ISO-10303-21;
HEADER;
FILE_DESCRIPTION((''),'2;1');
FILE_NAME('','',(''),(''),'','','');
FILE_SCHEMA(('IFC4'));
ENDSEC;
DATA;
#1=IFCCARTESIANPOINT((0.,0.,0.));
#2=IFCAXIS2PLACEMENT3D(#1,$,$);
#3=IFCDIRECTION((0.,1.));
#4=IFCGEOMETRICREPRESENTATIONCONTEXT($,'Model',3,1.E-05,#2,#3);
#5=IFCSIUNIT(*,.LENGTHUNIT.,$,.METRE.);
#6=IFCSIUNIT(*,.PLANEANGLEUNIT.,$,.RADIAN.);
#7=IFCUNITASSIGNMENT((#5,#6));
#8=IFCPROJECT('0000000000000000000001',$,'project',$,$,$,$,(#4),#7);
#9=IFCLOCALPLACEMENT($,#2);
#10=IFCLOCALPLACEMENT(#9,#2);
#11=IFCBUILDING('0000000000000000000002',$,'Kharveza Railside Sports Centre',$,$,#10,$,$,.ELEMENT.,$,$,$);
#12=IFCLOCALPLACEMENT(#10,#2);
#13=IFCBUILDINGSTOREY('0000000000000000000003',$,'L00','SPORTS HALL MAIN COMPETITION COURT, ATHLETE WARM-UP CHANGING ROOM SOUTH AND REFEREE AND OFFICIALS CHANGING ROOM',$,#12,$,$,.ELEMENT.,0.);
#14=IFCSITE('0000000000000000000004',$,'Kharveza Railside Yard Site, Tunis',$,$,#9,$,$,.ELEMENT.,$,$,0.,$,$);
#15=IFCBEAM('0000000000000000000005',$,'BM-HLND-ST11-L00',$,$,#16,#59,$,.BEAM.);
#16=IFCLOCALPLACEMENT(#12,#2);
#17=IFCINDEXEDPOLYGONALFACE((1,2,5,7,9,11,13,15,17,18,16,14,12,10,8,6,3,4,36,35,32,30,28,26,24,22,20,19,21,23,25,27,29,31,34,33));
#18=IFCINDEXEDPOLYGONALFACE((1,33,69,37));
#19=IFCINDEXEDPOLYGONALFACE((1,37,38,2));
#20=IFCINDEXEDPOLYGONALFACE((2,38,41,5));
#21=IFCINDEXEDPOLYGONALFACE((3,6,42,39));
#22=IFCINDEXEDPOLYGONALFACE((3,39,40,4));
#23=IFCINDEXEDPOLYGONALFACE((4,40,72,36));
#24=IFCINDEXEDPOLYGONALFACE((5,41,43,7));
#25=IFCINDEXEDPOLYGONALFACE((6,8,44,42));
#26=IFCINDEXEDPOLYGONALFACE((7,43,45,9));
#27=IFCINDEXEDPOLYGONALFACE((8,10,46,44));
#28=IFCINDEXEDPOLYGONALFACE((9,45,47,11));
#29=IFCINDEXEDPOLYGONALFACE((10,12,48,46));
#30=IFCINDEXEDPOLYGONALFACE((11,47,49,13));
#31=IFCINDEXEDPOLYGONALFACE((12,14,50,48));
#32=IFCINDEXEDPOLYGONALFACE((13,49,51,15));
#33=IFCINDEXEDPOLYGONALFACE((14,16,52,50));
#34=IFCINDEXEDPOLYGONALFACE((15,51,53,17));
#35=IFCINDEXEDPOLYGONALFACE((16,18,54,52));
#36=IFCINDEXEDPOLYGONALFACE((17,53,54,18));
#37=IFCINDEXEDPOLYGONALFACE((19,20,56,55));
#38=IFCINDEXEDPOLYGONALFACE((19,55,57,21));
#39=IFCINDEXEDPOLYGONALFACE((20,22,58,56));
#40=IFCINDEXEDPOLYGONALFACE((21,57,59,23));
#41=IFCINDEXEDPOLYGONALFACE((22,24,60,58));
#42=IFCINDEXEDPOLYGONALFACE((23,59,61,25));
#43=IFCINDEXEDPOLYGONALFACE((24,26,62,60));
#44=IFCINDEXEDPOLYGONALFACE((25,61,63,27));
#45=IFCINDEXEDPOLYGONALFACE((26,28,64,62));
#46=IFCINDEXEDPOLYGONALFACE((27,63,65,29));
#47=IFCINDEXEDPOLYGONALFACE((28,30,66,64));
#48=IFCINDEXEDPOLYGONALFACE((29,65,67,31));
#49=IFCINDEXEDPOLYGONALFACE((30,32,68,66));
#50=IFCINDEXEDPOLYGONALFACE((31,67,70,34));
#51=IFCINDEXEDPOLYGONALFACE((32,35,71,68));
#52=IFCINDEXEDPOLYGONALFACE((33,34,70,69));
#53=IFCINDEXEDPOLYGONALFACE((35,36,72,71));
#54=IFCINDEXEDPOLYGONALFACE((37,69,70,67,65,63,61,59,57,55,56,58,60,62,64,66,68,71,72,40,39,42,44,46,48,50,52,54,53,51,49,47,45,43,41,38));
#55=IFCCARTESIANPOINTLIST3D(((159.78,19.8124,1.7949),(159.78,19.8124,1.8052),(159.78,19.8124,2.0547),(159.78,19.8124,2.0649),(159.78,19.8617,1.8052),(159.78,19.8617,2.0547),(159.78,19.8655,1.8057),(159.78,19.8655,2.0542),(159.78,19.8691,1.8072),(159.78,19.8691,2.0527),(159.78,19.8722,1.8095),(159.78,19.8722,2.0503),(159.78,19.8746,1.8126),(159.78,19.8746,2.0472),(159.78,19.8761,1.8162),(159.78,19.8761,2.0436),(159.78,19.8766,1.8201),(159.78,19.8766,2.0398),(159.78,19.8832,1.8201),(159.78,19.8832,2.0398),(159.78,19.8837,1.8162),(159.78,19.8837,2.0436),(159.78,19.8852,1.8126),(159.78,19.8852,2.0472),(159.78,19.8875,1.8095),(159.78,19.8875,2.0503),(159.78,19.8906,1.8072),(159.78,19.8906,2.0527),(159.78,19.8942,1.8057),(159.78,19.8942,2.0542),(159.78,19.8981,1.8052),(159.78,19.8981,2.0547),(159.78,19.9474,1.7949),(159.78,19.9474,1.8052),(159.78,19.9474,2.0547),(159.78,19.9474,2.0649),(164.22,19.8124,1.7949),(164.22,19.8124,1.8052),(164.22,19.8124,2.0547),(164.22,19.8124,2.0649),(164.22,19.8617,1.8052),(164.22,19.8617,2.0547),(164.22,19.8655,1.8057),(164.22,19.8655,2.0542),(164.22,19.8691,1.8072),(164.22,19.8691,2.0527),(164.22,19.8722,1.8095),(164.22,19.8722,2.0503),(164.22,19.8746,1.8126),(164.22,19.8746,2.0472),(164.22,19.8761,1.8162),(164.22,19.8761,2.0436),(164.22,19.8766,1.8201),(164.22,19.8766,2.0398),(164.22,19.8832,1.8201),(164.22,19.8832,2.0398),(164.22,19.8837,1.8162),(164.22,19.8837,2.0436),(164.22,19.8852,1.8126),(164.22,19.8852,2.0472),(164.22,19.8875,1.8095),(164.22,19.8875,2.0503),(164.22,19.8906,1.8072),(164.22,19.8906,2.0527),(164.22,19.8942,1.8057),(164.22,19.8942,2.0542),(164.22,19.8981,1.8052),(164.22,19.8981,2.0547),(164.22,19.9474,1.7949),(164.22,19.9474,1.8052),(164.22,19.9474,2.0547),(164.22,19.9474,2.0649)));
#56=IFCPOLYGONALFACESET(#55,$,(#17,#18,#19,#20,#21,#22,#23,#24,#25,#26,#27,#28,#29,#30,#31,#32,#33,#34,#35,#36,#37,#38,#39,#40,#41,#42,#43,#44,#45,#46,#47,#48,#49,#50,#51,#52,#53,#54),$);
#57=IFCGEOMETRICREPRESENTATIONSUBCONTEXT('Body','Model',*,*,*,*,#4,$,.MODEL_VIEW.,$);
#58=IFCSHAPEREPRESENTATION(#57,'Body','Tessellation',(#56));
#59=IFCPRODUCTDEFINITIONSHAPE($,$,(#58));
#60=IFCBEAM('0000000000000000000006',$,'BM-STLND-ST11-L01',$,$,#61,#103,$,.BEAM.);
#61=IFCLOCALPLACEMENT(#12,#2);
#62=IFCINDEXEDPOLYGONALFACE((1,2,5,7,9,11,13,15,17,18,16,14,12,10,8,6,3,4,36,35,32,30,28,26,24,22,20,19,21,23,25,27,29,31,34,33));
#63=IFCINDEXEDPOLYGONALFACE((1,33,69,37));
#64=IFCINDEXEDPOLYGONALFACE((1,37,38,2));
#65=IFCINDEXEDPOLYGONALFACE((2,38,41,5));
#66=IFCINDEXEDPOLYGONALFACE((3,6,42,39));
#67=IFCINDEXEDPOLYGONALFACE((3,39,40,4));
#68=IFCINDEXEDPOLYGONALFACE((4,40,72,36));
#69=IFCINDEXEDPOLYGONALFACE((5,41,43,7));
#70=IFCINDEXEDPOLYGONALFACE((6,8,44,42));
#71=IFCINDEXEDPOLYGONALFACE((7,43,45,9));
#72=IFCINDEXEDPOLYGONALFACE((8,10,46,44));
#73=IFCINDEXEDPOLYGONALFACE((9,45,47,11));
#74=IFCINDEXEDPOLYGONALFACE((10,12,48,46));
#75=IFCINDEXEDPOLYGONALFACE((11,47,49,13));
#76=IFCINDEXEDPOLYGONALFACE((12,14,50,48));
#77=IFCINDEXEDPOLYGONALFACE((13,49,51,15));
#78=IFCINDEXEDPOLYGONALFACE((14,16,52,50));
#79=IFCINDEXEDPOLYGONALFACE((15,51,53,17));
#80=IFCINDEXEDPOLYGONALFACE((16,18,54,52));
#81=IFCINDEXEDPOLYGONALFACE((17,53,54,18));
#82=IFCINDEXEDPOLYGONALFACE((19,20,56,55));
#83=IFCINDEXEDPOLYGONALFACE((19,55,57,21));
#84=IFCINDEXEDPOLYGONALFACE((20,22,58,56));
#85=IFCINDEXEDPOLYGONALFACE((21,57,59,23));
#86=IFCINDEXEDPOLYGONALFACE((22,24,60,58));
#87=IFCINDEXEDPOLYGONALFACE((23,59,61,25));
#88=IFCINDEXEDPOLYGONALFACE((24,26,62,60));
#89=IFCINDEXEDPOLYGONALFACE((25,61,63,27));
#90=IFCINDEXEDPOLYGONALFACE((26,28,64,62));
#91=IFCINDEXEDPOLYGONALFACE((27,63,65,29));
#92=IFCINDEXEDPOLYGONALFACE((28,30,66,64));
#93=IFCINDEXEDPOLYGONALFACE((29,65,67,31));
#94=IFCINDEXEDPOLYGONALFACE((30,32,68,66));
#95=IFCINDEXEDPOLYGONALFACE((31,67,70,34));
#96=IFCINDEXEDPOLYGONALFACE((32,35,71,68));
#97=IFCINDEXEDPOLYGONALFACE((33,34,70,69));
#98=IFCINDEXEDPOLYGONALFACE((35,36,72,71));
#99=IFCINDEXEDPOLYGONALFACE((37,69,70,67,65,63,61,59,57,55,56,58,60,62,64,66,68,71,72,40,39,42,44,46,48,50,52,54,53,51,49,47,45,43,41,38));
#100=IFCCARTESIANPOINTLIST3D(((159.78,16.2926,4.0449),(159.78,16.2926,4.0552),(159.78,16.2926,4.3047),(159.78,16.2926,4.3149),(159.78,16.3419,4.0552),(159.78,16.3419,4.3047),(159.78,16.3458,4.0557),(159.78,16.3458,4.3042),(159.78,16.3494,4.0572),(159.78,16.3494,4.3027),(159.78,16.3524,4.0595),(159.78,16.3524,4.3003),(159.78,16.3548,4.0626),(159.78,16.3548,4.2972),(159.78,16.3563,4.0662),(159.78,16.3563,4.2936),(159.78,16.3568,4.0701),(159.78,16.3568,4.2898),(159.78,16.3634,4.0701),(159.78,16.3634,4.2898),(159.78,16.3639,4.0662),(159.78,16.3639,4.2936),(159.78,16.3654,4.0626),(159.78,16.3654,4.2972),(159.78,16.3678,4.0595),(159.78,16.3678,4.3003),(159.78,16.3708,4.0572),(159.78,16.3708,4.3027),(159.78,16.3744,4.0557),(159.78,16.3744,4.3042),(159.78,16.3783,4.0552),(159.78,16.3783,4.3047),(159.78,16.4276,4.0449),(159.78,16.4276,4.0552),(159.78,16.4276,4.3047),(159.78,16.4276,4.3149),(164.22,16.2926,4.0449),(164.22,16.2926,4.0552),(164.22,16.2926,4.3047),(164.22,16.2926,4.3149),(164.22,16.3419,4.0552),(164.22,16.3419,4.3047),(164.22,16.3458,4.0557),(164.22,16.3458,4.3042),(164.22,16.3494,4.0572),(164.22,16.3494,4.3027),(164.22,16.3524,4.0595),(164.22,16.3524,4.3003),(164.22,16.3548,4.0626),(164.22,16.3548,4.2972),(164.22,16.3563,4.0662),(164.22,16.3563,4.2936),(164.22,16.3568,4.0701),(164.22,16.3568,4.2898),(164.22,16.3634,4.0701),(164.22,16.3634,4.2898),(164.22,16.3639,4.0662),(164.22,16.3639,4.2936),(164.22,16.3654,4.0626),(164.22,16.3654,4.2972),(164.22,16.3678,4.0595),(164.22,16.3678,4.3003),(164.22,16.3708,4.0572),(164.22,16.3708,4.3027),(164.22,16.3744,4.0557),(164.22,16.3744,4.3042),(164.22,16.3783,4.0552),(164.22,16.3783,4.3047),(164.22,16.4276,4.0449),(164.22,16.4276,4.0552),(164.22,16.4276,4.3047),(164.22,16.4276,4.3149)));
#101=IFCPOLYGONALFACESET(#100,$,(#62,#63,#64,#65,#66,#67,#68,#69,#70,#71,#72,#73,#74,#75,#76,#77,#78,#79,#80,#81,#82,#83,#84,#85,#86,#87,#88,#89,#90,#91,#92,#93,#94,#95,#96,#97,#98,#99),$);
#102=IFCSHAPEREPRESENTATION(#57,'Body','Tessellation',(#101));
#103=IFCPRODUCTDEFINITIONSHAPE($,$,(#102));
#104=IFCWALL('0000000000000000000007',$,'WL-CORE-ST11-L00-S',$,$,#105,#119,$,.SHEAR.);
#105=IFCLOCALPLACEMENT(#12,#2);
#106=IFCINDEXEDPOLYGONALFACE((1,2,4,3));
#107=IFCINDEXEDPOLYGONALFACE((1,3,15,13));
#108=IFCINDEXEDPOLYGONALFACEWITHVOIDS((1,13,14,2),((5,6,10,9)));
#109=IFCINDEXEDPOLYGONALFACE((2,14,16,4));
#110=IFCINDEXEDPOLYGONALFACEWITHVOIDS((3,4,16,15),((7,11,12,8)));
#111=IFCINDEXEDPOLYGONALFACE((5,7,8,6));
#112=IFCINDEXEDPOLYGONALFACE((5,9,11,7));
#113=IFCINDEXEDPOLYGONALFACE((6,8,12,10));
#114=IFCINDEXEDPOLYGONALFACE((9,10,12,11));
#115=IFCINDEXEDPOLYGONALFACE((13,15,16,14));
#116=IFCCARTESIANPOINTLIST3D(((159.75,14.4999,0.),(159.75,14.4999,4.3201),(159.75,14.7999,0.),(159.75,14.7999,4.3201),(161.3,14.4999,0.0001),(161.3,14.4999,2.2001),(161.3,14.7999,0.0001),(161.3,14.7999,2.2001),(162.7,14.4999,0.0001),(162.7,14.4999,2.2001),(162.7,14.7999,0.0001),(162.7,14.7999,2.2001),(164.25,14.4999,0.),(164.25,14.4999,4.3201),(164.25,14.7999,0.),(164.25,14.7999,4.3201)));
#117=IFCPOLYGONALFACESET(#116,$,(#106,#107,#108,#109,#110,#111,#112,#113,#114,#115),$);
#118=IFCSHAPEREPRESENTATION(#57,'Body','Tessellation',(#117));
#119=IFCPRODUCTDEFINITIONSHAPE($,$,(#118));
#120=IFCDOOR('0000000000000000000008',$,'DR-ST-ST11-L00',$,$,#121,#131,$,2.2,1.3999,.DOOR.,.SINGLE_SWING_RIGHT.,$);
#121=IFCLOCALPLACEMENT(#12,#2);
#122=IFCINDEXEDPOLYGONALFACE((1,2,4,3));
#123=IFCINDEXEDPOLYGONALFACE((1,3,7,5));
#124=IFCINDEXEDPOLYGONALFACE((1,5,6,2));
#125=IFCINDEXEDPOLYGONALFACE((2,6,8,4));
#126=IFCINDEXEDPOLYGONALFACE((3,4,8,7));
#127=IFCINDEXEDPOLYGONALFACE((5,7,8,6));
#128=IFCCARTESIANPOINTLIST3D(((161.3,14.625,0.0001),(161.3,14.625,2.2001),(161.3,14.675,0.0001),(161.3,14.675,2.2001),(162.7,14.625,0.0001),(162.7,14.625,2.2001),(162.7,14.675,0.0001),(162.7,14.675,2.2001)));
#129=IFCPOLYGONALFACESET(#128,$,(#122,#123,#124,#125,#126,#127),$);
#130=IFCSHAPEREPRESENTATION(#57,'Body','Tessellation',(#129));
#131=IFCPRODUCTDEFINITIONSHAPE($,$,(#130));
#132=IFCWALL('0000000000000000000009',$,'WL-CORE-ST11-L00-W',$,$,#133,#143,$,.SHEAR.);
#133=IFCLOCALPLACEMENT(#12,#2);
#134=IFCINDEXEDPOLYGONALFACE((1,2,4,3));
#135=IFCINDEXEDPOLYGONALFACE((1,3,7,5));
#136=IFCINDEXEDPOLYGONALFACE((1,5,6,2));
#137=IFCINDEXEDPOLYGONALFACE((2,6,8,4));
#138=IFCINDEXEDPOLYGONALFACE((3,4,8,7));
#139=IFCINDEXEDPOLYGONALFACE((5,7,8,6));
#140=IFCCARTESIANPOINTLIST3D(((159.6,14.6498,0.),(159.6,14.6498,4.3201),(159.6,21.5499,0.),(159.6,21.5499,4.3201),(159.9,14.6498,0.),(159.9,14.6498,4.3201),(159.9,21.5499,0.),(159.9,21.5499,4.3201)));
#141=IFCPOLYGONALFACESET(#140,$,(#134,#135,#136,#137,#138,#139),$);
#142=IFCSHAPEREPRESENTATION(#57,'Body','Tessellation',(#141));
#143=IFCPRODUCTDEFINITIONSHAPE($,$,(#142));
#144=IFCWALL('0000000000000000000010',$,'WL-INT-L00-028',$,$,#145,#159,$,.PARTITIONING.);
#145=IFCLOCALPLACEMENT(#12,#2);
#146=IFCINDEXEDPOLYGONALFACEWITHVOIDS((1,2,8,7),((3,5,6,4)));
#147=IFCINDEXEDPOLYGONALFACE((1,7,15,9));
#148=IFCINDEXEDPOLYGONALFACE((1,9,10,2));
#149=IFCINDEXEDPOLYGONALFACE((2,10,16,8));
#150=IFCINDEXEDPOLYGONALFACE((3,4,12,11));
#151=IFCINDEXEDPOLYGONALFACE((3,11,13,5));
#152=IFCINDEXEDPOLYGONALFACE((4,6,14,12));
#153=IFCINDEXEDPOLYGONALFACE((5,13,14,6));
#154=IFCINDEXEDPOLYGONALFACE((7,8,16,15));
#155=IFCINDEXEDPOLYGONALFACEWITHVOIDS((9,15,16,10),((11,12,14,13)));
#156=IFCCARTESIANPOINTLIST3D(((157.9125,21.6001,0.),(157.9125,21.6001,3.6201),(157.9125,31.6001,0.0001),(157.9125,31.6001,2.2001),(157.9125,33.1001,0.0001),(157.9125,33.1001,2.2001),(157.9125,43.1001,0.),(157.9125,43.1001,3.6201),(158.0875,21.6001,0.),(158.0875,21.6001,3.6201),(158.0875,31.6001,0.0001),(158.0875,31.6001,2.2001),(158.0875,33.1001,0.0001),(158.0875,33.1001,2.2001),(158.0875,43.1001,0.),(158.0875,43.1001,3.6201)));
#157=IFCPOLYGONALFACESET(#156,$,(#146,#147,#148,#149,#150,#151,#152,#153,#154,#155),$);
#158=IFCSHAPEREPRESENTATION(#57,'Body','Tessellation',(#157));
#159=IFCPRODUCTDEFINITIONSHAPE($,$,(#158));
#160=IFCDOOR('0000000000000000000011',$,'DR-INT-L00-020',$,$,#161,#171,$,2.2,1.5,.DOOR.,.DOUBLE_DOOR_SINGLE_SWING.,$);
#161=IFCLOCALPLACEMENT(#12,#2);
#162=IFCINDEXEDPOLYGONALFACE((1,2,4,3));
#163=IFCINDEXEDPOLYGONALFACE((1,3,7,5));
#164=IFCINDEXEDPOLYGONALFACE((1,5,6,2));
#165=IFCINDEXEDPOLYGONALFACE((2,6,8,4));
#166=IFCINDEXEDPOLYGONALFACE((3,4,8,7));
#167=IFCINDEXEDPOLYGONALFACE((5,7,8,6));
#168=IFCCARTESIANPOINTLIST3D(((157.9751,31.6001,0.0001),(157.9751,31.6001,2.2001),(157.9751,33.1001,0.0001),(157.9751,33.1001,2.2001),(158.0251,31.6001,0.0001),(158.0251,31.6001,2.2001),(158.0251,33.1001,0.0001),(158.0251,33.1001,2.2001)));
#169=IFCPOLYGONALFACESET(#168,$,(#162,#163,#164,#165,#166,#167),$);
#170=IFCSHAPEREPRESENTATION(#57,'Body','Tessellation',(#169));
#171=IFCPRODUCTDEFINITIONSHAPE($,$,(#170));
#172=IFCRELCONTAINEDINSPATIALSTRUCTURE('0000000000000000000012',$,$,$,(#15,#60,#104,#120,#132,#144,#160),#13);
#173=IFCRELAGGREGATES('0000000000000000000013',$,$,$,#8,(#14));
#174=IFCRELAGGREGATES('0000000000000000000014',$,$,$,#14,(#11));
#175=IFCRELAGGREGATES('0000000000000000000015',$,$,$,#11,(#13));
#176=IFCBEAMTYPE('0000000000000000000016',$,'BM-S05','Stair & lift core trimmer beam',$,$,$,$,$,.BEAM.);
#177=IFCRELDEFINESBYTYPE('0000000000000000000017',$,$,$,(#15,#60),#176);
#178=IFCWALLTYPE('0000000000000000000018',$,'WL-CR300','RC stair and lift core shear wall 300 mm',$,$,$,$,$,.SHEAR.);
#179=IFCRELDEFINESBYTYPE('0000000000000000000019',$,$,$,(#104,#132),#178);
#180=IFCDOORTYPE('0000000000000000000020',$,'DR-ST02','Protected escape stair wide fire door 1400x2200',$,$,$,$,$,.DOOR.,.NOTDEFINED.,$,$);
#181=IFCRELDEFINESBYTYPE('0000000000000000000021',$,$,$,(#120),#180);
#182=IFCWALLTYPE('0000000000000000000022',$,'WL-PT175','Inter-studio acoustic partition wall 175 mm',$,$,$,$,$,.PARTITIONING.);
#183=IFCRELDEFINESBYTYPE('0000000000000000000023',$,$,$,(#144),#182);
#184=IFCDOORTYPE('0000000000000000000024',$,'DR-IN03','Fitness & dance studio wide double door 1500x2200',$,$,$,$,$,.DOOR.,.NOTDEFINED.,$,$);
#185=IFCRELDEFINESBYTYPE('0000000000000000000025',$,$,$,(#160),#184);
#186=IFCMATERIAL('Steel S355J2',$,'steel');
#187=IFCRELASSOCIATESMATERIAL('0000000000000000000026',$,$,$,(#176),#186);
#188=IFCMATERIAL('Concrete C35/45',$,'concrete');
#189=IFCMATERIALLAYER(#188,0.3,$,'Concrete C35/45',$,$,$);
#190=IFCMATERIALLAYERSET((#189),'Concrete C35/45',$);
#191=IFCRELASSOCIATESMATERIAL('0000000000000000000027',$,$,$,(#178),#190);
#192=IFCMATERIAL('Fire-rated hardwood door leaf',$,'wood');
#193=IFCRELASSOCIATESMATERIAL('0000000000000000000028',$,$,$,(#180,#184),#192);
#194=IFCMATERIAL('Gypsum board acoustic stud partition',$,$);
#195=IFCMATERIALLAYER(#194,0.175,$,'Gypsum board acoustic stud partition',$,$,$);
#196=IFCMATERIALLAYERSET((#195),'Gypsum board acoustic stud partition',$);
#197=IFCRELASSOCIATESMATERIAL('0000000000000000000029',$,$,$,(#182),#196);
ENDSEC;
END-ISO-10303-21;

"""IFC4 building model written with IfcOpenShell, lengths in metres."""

from ifc_helpers import new_model, si_unit, direction, frame, frame_2d, origin, origin_2d, place, context, subcontext, project, spatial, rectangle, i_section, extrude, material, layer, layer_set, material_profile, profile_set, type_object, element, fill, save


model = new_model("IFC4")

# Units and contexts
model_context = context("Model", 3, precision=1e-05, world=origin(), true_north=direction((0.0, 1.0)))
body_context = subcontext(model_context, "Body", "Model", "MODEL_VIEW")
ifc_project = project(units=[si_unit("LENGTHUNIT", "METRE"), si_unit("PLANEANGLEUNIT", "RADIAN")], contexts=[model_context])

# Site, building, storey
site_placement = place(None, origin())
site = spatial("IfcSite", under=ifc_project, at=site_placement, Name="Kharveza Railside Yard Site, Tunis", CompositionType="ELEMENT", RefElevation=0.0)
building_placement = place(site_placement, origin())
building = spatial("IfcBuilding", under=site, at=building_placement, Name="Kharveza Railside Sports Centre", CompositionType="ELEMENT")
storey_placement = place(building_placement, origin())
storey = spatial("IfcBuildingStorey", under=building, at=storey_placement, Name="L00", Description="SPORTS HALL MAIN COMPETITION COURT, ATHLETE WARM-UP CHANGING ROOM SOUTH AND REFEREE AND OFFICIALS CHANGING ROOM", CompositionType="ELEMENT", Elevation=0.0)

# Shared definitions
ifc_material_1 = material(Name="Concrete C35/45", Category="concrete")

# Shared definitions
ifc_material_2 = material(Name="Steel S355J2", Category="steel")

# Beams
ifc_material_profile_1 = material_profile(ifc_material_2, i_section(OverallWidth=0.135, OverallDepth=0.27, WebThickness=0.0066, FlangeThickness=0.0103, FilletRadius=0.0149, at=origin_2d()), Name="IPE 270")
ifc_profile_set_1 = profile_set([ifc_material_profile_1], Name="Steel S355J2")
beam_type_1 = type_object("IfcBeamType", Name="BM-S05", Description="Stair & lift core trimmer beam", PredefinedType="BEAM", material=ifc_profile_set_1)
for number, where, z_axis, x_axis, name in (
    (1, (159.78, 19.8799, 1.9299), (1.0, 0.0, 0.0), (0.0, 1.0, 0.0), "BM-HLND-ST11-L00"),
    (2, (159.78, 16.3601, 4.1799), (1.0, 0.0, 0.0), (0.0, 1.0, 0.0), "BM-STLND-ST11-L01"),
):
    element("IfcBeam", number, at=place(storey_placement, frame(where, z_axis=z_axis, x_axis=x_axis)), inside=storey, type_object=beam_type_1, Name=name, PredefinedType="BEAM", context=body_context, shape_type="SweptSolid", body=[
        extrude(i_section(OverallWidth=0.135, OverallDepth=0.27, WebThickness=0.0066, FlangeThickness=0.0103, FilletRadius=0.0149, at=origin_2d()), origin(), (0.0, 0.0, 1.0), 4.4399),
    ])

# Wall, opening, door
ifc_layer_1 = layer(ifc_material_1, 0.3, Name="Concrete C35/45")
ifc_layer_set_1 = layer_set([ifc_layer_1], Name="Concrete C35/45")
wall_type_1 = type_object("IfcWallType", Name="WL-CR300", Description="RC stair and lift core shear wall 300 mm", PredefinedType="SHEAR", material=ifc_layer_set_1)
wall_1_placement = place(storey_placement, frame((159.75, 14.6499, 0.0), z_axis=(0.0, 0.0, 1.0), x_axis=(1.0, 0.0, 0.0)))
wall_1 = element("IfcWall", 3, at=wall_1_placement, inside=storey, type_object=wall_type_1, Name="WL-CORE-ST11-L00-S", PredefinedType="SHEAR", context=body_context, shape_type="SweptSolid", body=[
    extrude(rectangle(XDim=4.5, YDim=0.3, at=frame_2d((2.25, 0.0))), origin(), (0.0, 0.0, 1.0), 4.3201),
])
opening_1_placement = place(wall_1_placement, frame((1.55, 0.0, 0.0)))
opening_1 = element("IfcOpeningElement", 4, at=opening_1_placement, cuts=wall_1, PredefinedType="OPENING", context=body_context, shape_type="SweptSolid", body=[
    extrude(rectangle(XDim=1.3999, YDim=2.2, at=frame_2d((0.7, 1.1001))), frame((0.0, 0.1748, 0.0), z_axis=(0.0, -1.0, 0.0), x_axis=(1.0, 0.0, 0.0)), (0.0, 0.0, 1.0), 0.3499),
])
ifc_material_3 = material(Name="Fire-rated hardwood door leaf", Category="wood")
door_type_1 = type_object("IfcDoorType", Name="DR-ST02", Description="Protected escape stair wide fire door 1400x2200", OperationType="NOTDEFINED", PredefinedType="DOOR", material=ifc_material_3)
door_1_placement = place(opening_1_placement, frame((1.3999, 0.0, 0.0), z_axis=(0.0, 0.0, 1.0), x_axis=(-1.0, 0.0, 0.0)))
door_1 = element("IfcDoor", 5, at=door_1_placement, inside=storey, type_object=door_type_1, Name="DR-ST-ST11-L00", OperationType="SINGLE_SWING_RIGHT", OverallHeight=2.2, OverallWidth=1.3999, PredefinedType="DOOR", context=body_context, shape_type="SweptSolid", body=[
    extrude(rectangle(XDim=1.3999, YDim=2.2, at=frame_2d((0.7, 1.1001))), frame((0.0, 0.0249, 0.0), z_axis=(0.0, -1.0, 0.0), x_axis=(1.0, 0.0, 0.0)), (0.0, 0.0, 1.0), 0.05),
])
fill(opening_1, door_1)

# Wall
wall_2_placement = place(storey_placement, frame((159.75, 21.55, 0.0), z_axis=(0.0, 0.0, 1.0), x_axis=(0.0, -1.0, 0.0)))
element("IfcWall", 6, at=wall_2_placement, inside=storey, type_object=wall_type_1, Name="WL-CORE-ST11-L00-W", PredefinedType="SHEAR", context=body_context, shape_type="SweptSolid", body=[
    extrude(rectangle(XDim=6.9001, YDim=0.3, at=frame_2d((3.4502, 0.0))), origin(), (0.0, 0.0, 1.0), 4.3201),
])

# Wall, opening, door
ifc_material_4 = material(Name="Gypsum board acoustic stud partition")
ifc_layer_2 = layer(ifc_material_4, 0.175, Name="Gypsum board acoustic stud partition")
ifc_layer_set_2 = layer_set([ifc_layer_2], Name="Gypsum board acoustic stud partition")
wall_type_2 = type_object("IfcWallType", Name="WL-PT175", Description="Inter-studio acoustic partition wall 175 mm", PredefinedType="PARTITIONING", material=ifc_layer_set_2)
wall_3_placement = place(storey_placement, frame((158.0, 21.6001, 0.0), z_axis=(0.0, 0.0, 1.0), x_axis=(0.0, 1.0, 0.0)))
wall_3 = element("IfcWall", 7, at=wall_3_placement, inside=storey, type_object=wall_type_2, Name="WL-INT-L00-028", PredefinedType="PARTITIONING", context=body_context, shape_type="SweptSolid", body=[
    extrude(rectangle(XDim=21.5, YDim=0.175, at=frame_2d((10.75, 0.0))), origin(), (0.0, 0.0, 1.0), 3.6201),
])
opening_2_placement = place(wall_3_placement, frame((10.0, 0.0, 0.0)))
opening_2 = element("IfcOpeningElement", 8, at=opening_2_placement, cuts=wall_3, PredefinedType="OPENING", context=body_context, shape_type="SweptSolid", body=[
    extrude(rectangle(XDim=1.5, YDim=2.2, at=frame_2d((0.75, 1.1001))), frame((0.0, 0.1123, 0.0), z_axis=(0.0, -1.0, 0.0), x_axis=(1.0, 0.0, 0.0)), (0.0, 0.0, 1.0), 0.2249),
])
door_type_2 = type_object("IfcDoorType", Name="DR-IN03", Description="Fitness & dance studio wide double door 1500x2200", OperationType="NOTDEFINED", PredefinedType="DOOR", material=ifc_material_3)
door_2_placement = place(opening_2_placement, origin())
door_2 = element("IfcDoor", 9, at=door_2_placement, inside=storey, type_object=door_type_2, Name="DR-INT-L00-020", OperationType="DOUBLE_DOOR_SINGLE_SWING", OverallHeight=2.2, OverallWidth=1.5, PredefinedType="DOOR", context=body_context, shape_type="SweptSolid", body=[
    extrude(rectangle(XDim=1.5, YDim=2.2, at=frame_2d((0.75, 1.1001))), frame((0.0, 0.0249, 0.0), z_axis=(0.0, -1.0, 0.0), x_axis=(1.0, 0.0, 0.0)), (0.0, 0.0, 1.0), 0.05),
])
fill(opening_2, door_2)

save(model, "model.ifc")
